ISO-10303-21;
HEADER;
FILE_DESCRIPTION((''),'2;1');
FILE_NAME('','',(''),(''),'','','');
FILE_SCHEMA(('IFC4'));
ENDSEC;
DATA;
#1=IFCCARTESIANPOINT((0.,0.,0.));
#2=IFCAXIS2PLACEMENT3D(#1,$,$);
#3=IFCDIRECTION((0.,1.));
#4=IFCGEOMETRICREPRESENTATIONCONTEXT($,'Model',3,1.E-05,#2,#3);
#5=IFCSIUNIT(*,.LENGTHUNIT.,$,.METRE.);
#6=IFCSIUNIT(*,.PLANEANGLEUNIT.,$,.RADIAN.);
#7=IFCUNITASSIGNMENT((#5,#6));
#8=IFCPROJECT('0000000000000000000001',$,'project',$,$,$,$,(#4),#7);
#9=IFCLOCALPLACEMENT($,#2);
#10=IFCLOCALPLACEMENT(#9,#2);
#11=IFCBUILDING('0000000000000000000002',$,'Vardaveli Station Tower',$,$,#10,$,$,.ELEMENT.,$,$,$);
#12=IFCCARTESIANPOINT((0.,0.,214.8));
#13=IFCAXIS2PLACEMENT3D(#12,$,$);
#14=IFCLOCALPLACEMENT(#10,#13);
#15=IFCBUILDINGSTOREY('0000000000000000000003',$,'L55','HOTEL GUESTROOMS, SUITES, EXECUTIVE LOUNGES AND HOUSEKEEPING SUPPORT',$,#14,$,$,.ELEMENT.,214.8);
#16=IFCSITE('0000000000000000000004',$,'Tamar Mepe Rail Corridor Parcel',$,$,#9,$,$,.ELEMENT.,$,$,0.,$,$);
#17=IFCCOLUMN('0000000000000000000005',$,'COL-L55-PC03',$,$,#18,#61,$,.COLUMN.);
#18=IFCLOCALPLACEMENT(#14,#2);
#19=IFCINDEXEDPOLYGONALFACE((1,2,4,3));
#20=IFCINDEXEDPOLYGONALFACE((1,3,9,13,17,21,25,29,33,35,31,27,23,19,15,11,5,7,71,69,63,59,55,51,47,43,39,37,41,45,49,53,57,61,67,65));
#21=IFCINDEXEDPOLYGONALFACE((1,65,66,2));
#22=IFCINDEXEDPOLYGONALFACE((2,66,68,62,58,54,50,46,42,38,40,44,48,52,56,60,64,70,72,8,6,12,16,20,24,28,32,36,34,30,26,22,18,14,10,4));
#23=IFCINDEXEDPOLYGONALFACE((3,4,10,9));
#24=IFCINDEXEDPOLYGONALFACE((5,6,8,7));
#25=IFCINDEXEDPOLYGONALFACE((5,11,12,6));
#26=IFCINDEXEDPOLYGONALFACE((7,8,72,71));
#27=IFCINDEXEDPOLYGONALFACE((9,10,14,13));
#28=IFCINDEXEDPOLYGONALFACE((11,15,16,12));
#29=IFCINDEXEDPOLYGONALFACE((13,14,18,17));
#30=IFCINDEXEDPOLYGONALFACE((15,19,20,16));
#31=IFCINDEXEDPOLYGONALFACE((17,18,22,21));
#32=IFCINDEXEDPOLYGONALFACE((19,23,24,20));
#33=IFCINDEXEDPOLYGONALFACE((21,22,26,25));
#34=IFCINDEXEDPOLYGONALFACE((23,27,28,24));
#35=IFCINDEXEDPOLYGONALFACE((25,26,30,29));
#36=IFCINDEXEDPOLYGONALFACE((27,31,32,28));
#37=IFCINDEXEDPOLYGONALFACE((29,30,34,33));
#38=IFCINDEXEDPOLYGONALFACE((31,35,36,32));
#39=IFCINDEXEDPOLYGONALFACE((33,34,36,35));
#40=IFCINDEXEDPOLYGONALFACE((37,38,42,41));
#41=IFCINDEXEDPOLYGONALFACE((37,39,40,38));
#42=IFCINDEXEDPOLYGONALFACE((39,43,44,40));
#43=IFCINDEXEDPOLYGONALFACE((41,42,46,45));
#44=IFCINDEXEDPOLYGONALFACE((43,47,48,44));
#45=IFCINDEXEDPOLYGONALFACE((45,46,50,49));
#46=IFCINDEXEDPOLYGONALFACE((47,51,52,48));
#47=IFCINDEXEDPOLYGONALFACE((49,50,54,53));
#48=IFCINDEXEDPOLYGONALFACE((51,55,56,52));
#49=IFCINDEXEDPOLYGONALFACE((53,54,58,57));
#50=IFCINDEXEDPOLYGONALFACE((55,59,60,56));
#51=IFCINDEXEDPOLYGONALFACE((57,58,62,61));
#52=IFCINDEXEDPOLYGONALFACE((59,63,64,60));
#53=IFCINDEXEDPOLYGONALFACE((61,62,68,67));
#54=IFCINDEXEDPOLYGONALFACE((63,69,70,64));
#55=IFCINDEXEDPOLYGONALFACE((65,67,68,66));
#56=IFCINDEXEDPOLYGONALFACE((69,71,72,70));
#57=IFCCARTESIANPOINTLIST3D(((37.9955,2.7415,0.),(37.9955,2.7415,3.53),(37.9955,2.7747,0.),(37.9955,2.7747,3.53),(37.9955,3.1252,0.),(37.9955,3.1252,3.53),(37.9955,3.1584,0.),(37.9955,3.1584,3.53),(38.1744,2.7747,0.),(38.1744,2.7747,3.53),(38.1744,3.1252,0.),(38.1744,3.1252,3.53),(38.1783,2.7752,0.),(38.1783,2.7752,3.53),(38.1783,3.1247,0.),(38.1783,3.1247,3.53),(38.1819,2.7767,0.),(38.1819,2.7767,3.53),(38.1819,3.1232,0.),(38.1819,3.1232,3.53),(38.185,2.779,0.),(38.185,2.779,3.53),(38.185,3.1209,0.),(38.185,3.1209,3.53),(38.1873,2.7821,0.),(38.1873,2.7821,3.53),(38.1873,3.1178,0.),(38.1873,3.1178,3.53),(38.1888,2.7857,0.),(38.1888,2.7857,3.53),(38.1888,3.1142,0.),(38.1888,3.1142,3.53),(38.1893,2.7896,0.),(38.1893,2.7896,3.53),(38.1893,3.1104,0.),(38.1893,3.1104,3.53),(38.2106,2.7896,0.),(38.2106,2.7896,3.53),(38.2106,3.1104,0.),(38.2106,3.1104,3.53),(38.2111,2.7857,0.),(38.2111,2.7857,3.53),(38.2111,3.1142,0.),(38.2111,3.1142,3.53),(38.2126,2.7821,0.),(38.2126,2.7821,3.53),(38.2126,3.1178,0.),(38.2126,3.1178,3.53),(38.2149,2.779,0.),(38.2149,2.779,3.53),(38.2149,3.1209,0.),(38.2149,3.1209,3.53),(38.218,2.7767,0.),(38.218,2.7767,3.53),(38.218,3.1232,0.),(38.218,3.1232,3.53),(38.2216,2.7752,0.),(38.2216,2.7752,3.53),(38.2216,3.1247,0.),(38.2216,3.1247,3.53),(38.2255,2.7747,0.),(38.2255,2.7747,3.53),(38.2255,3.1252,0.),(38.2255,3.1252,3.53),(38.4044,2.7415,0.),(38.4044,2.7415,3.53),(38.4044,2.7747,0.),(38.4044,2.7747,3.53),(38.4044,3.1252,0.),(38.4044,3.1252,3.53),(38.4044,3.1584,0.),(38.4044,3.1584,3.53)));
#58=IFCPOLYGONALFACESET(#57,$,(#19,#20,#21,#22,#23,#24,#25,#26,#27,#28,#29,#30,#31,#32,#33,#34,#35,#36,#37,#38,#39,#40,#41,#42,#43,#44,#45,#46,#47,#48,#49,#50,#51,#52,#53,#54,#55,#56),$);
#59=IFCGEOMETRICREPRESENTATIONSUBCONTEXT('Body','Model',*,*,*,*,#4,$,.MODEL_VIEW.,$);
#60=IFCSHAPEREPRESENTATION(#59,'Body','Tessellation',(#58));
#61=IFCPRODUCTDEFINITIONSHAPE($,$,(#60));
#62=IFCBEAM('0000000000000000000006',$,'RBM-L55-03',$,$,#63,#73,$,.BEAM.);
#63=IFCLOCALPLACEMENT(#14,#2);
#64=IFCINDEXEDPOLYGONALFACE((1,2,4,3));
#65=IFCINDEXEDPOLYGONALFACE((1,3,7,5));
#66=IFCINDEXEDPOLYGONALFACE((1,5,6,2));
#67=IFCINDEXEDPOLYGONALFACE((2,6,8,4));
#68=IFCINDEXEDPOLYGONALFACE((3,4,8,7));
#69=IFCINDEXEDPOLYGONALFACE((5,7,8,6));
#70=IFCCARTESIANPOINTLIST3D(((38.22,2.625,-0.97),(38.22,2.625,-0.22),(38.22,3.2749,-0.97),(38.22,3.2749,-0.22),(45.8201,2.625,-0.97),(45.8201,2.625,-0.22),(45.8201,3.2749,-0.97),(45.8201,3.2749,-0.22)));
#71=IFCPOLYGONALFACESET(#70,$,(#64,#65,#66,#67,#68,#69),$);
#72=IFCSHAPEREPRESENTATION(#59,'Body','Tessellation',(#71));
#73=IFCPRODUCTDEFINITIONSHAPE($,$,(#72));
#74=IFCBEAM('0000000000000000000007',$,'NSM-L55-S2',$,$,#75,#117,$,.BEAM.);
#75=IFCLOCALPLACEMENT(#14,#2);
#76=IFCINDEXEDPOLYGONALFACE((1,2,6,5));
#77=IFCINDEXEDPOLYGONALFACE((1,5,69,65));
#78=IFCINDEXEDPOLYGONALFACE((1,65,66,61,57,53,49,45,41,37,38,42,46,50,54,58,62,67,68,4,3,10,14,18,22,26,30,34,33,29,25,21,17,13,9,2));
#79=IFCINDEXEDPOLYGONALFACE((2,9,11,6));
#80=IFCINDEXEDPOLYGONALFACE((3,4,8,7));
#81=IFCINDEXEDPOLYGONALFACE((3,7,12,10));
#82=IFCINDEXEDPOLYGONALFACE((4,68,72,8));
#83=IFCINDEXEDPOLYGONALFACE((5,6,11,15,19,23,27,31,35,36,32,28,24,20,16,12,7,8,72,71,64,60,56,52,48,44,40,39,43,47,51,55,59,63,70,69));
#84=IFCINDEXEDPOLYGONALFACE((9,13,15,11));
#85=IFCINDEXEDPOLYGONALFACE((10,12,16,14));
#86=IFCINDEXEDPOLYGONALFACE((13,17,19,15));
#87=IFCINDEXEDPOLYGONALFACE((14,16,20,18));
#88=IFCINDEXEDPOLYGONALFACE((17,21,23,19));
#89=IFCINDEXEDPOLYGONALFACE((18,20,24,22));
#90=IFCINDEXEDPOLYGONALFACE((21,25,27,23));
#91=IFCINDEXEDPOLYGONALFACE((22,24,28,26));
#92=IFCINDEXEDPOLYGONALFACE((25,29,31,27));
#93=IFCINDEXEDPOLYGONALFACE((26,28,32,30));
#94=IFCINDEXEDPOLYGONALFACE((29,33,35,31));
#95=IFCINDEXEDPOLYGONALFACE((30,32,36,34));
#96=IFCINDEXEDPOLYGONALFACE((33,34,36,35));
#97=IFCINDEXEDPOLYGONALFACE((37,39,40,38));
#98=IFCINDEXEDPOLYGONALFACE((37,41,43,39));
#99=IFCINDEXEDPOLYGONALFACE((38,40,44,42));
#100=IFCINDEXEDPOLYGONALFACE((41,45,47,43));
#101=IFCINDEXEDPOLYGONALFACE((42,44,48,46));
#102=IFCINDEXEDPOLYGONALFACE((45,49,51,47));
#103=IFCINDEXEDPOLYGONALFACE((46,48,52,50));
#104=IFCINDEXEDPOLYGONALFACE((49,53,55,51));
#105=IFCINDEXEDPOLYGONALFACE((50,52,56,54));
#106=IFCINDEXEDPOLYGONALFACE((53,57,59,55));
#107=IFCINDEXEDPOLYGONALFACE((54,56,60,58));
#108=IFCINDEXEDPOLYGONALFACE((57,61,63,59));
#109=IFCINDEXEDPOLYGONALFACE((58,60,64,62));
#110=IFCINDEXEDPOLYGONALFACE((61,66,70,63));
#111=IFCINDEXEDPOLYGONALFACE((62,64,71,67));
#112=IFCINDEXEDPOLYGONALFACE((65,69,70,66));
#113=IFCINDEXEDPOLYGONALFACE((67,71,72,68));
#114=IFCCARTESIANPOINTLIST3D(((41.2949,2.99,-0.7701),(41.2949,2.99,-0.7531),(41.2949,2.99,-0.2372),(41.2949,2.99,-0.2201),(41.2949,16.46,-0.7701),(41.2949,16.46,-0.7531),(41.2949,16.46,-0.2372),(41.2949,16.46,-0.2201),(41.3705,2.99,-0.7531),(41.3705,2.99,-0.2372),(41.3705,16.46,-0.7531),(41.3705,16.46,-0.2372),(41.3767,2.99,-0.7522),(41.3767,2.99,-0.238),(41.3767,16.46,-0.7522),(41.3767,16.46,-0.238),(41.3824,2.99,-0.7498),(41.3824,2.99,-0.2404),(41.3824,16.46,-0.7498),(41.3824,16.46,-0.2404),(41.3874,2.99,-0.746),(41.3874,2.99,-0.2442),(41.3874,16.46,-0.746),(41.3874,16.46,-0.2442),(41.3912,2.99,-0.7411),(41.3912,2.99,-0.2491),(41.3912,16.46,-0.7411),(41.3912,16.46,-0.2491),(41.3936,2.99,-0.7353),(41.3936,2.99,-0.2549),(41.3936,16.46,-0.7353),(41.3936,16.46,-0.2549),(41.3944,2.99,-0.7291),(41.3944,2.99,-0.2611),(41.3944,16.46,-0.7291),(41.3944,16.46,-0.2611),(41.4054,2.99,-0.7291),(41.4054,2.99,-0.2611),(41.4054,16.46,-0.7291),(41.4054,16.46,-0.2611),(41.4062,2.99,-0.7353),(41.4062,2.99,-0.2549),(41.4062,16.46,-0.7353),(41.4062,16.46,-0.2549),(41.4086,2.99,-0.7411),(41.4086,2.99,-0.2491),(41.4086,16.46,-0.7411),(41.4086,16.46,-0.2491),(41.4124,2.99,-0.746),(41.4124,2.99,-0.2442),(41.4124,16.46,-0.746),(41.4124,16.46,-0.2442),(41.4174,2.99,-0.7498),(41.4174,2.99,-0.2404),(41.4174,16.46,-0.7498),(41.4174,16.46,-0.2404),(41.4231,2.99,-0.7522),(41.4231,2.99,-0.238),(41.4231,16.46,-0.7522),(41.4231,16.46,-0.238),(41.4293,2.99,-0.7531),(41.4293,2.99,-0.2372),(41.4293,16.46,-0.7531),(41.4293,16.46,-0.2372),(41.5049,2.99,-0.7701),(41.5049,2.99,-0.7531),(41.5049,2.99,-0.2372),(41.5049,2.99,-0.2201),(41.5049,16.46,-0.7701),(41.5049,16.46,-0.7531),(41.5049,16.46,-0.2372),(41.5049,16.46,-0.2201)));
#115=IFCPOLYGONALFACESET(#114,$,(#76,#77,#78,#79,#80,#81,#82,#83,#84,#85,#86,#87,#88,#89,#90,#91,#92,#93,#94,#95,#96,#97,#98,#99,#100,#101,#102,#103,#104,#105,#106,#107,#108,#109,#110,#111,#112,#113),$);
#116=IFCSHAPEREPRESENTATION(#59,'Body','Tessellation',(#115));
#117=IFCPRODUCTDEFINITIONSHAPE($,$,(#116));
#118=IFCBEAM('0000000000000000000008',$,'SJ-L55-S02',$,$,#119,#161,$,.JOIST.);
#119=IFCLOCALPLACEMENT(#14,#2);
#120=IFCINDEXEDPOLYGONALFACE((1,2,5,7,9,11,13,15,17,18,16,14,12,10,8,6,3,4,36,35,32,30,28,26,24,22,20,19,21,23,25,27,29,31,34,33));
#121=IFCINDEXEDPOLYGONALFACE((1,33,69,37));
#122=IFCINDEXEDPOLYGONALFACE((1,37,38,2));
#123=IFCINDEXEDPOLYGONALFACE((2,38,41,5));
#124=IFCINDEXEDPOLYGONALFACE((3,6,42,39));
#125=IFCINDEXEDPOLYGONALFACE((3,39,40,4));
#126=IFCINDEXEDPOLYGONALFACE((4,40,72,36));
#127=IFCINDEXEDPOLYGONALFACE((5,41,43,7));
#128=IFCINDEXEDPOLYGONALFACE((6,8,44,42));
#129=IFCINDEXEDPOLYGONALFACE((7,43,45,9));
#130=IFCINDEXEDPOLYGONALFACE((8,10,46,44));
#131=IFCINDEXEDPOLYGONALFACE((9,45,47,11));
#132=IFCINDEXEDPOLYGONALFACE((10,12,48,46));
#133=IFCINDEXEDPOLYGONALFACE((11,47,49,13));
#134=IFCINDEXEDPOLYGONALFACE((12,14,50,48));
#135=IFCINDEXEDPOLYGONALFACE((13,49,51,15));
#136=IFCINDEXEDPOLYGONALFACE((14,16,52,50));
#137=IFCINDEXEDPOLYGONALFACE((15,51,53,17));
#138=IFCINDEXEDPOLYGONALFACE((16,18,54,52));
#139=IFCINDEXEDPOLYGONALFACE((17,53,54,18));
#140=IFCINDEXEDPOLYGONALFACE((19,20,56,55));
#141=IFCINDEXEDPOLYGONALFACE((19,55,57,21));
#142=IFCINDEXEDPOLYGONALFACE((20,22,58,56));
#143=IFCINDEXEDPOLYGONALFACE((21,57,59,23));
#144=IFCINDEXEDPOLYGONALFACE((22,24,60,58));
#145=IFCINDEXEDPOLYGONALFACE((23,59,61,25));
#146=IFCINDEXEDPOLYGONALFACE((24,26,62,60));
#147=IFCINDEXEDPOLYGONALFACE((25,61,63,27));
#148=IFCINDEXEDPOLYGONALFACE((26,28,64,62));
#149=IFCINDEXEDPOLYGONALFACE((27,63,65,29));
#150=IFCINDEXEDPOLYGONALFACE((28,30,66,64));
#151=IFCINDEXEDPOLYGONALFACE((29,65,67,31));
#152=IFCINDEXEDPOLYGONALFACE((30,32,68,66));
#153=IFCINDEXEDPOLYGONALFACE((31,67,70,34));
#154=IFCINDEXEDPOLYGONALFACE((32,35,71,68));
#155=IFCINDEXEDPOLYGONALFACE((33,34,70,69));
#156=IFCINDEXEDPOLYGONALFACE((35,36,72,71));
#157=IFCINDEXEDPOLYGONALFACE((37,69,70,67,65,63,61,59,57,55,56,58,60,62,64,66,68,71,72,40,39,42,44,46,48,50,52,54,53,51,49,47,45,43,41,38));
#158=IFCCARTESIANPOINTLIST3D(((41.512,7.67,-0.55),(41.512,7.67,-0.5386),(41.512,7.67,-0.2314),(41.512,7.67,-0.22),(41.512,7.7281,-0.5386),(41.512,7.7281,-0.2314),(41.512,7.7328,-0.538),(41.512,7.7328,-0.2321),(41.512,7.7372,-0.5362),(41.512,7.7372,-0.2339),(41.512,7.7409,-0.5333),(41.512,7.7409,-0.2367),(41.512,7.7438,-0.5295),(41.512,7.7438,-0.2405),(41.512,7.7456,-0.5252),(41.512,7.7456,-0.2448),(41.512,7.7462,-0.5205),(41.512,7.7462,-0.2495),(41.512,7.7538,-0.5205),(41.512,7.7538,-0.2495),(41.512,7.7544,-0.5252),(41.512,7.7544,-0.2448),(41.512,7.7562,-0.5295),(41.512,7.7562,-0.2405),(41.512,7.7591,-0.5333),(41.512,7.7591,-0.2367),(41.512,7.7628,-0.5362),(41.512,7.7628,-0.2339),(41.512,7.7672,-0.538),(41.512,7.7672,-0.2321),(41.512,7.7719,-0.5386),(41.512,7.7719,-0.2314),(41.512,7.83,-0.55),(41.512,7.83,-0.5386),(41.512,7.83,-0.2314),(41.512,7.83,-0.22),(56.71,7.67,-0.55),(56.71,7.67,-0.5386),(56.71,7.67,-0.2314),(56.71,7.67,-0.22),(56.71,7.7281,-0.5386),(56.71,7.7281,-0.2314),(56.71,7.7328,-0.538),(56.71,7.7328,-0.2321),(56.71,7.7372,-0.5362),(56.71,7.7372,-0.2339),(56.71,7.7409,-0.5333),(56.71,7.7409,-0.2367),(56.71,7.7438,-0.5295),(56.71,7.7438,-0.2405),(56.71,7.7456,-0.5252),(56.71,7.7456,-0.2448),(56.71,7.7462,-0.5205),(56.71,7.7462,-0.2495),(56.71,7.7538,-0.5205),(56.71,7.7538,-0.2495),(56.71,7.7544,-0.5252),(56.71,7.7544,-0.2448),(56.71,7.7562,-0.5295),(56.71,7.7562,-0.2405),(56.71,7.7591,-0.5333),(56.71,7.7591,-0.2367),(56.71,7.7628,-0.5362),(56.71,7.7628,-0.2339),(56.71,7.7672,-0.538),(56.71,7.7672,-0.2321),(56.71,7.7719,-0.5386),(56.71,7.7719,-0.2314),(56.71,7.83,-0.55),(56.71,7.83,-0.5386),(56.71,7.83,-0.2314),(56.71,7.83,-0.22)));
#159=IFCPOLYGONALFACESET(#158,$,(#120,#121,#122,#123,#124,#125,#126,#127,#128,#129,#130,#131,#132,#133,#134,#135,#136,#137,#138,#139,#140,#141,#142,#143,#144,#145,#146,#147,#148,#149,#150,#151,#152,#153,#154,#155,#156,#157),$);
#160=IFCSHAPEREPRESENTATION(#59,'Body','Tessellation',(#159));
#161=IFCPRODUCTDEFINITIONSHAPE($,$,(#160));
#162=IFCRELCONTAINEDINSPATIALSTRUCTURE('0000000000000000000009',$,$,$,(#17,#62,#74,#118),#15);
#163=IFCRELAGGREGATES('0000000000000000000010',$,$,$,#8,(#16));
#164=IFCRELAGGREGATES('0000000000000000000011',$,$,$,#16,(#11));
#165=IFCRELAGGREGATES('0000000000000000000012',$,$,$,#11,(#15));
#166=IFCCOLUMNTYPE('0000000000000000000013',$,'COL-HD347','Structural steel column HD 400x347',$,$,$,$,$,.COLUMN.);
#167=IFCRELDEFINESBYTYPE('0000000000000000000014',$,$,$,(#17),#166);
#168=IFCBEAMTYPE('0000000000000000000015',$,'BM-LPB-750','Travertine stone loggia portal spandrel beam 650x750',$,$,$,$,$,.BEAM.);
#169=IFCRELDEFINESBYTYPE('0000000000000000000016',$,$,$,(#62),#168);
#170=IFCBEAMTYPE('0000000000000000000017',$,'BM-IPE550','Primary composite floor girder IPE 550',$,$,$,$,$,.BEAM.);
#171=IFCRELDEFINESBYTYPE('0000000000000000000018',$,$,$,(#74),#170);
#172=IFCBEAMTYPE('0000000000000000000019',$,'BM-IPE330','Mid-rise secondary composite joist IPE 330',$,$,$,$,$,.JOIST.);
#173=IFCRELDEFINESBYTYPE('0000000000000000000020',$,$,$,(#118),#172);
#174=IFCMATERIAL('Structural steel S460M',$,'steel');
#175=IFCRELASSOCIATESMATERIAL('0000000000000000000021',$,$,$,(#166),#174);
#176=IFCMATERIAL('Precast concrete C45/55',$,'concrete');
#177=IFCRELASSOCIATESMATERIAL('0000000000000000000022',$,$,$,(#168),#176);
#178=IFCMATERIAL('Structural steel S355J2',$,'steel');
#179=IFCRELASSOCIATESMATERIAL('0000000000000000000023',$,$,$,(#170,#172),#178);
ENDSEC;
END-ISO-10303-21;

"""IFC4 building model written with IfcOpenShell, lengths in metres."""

from ifc_helpers import new_model, si_unit, direction, frame, origin, origin_2d, place, context, subcontext, project, spatial, rectangle, i_section, extrude, source, transform, mapped, material, material_profile, profile_set, type_object, element, save


model = new_model("IFC4")

# Units and contexts
model_context = context("Model", 3, precision=1e-05, world=origin(), true_north=direction((0.0, 1.0)))
body_context = subcontext(model_context, "Body", "Model", "MODEL_VIEW")
ifc_project = project(units=[si_unit("LENGTHUNIT", "METRE"), si_unit("PLANEANGLEUNIT", "RADIAN")], contexts=[model_context])

# Site, building, storey
site_placement = place(None, origin())
site = spatial("IfcSite", under=ifc_project, at=site_placement, Name="Tamar Mepe Rail Corridor Parcel", CompositionType="ELEMENT", RefElevation=0.0)
building_placement = place(site_placement, origin())
building = spatial("IfcBuilding", under=site, at=building_placement, Name="Vardaveli Station Tower", CompositionType="ELEMENT")
storey_placement = place(building_placement, frame((0.0, 0.0, 214.8)))
storey = spatial("IfcBuildingStorey", under=building, at=storey_placement, Name="L55", Description="HOTEL GUESTROOMS, SUITES, EXECUTIVE LOUNGES AND HOUSEKEEPING SUPPORT", CompositionType="ELEMENT", Elevation=214.8)

# Column
ifc_material_1 = material(Name="Structural steel S460M", Category="steel")
ifc_material_profile_1 = material_profile(ifc_material_1, i_section(OverallWidth=0.4089, OverallDepth=0.417, WebThickness=0.0212, FlangeThickness=0.0332, FilletRadius=0.0149, at=origin_2d()), Name="HD 400x347")
ifc_profile_set_1 = profile_set([ifc_material_profile_1], Name="Structural steel S460M")
column_type = type_object("IfcColumnType", Name="COL-HD347", Description="Structural steel column HD 400x347", PredefinedType="COLUMN", material=ifc_profile_set_1)
shared_shape_1 = source(origin(), body_context, "Body", "SweptSolid", [
    extrude(i_section(OverallWidth=0.4089, OverallDepth=0.417, WebThickness=0.0212, FlangeThickness=0.0332, FilletRadius=0.0149, at=origin_2d()), origin(), (0.0, 0.0, 1.0), 3.53),
])
column_placement = place(storey_placement, frame((38.2, 2.95, 0.0), z_axis=(0.0, 0.0, 1.0), x_axis=(1.0, 0.0, 0.0)))
element("IfcColumn", 1, at=column_placement, inside=storey, type_object=column_type, Name="COL-L55-PC03", PredefinedType="COLUMN", context=body_context, shape_type="MappedRepresentation", body=[
    mapped(shared_shape_1, transform((0.0, 0.0, 0.0), scale=1.0)),
])

# Beams
ifc_material_2 = material(Name="Precast concrete C45/55", Category="concrete")
ifc_material_profile_2 = material_profile(ifc_material_2, rectangle(XDim=0.6499, YDim=0.75, at=origin_2d()), Name="LPB 650x750")
ifc_profile_set_2 = profile_set([ifc_material_profile_2], Name="Precast concrete C45/55")
beam_type_1 = type_object("IfcBeamType", Name="BM-LPB-750", Description="Travertine stone loggia portal spandrel beam 650x750", PredefinedType="BEAM", material=ifc_profile_set_2)
shared_shape_2 = source(origin(), body_context, "Body", "SweptSolid", [
    extrude(rectangle(XDim=0.6499, YDim=0.75, at=origin_2d()), origin(), (0.0, 0.0, 1.0), 7.6001),
])
beam_1_placement = place(storey_placement, frame((38.22, 2.95, -0.595), z_axis=(1.0, 0.0, 0.0), x_axis=(0.0, 1.0, 0.0)))
element("IfcBeam", 2, at=beam_1_placement, inside=storey, type_object=beam_type_1, Name="RBM-L55-03", PredefinedType="BEAM", context=body_context, shape_type="MappedRepresentation", body=[
    mapped(shared_shape_2, transform((0.0, 0.0, 0.0), scale=1.0)),
])
ifc_material_3 = material(Name="Structural steel S355J2", Category="steel")
ifc_material_profile_3 = material_profile(ifc_material_3, i_section(OverallWidth=0.21, OverallDepth=0.55, WebThickness=0.011, FlangeThickness=0.0171, FilletRadius=0.0239, at=origin_2d()), Name="IPE 550")
ifc_profile_set_3 = profile_set([ifc_material_profile_3], Name="Structural steel S355J2")
beam_type_2 = type_object("IfcBeamType", Name="BM-IPE550", Description="Primary composite floor girder IPE 550", PredefinedType="BEAM", material=ifc_profile_set_3)
shared_shape_3 = source(origin(), body_context, "Body", "SweptSolid", [
    extrude(i_section(OverallWidth=0.21, OverallDepth=0.55, WebThickness=0.011, FlangeThickness=0.0171, FilletRadius=0.0239, at=origin_2d()), origin(), (0.0, 0.0, 1.0), 13.47),
])
beam_2_placement = place(storey_placement, frame((41.3999, 2.99, -0.4951), z_axis=(0.0, 1.0, 0.0), x_axis=(-1.0, 0.0, 0.0)))
element("IfcBeam", 3, at=beam_2_placement, inside=storey, type_object=beam_type_2, Name="NSM-L55-S2", PredefinedType="BEAM", context=body_context, shape_type="MappedRepresentation", body=[
    mapped(shared_shape_3, transform((0.0, 0.0, 0.0), scale=1.0)),
])
ifc_material_profile_4 = material_profile(ifc_material_3, i_section(OverallWidth=0.1599, OverallDepth=0.3301, WebThickness=0.0076, FlangeThickness=0.0115, FilletRadius=0.0181, at=origin_2d()), Name="IPE 330")
ifc_profile_set_4 = profile_set([ifc_material_profile_4], Name="Structural steel S355J2")
beam_type_3 = type_object("IfcBeamType", Name="BM-IPE330", Description="Mid-rise secondary composite joist IPE 330", PredefinedType="JOIST", material=ifc_profile_set_4)
shared_shape_4 = source(origin(), body_context, "Body", "SweptSolid", [
    extrude(i_section(OverallWidth=0.1599, OverallDepth=0.3301, WebThickness=0.0076, FlangeThickness=0.0115, FilletRadius=0.0181, at=origin_2d()), origin(), (0.0, 0.0, 1.0), 15.198),
])
for number, where, z_axis, x_axis, name in (
    (4, (41.512, 7.75, -0.385), (1.0, 0.0, 0.0), (0.0, 1.0, 0.0), "SJ-L55-S02"),
):
    element("IfcBeam", number, at=place(storey_placement, frame(where, z_axis=z_axis, x_axis=x_axis)), inside=storey, type_object=beam_type_3, Name=name, PredefinedType="JOIST", context=body_context, shape_type="MappedRepresentation", body=[
        mapped(shared_shape_4, transform((0.0, 0.0, 0.0), scale=1.0)),
    ])

save(model, "model.ifc")
